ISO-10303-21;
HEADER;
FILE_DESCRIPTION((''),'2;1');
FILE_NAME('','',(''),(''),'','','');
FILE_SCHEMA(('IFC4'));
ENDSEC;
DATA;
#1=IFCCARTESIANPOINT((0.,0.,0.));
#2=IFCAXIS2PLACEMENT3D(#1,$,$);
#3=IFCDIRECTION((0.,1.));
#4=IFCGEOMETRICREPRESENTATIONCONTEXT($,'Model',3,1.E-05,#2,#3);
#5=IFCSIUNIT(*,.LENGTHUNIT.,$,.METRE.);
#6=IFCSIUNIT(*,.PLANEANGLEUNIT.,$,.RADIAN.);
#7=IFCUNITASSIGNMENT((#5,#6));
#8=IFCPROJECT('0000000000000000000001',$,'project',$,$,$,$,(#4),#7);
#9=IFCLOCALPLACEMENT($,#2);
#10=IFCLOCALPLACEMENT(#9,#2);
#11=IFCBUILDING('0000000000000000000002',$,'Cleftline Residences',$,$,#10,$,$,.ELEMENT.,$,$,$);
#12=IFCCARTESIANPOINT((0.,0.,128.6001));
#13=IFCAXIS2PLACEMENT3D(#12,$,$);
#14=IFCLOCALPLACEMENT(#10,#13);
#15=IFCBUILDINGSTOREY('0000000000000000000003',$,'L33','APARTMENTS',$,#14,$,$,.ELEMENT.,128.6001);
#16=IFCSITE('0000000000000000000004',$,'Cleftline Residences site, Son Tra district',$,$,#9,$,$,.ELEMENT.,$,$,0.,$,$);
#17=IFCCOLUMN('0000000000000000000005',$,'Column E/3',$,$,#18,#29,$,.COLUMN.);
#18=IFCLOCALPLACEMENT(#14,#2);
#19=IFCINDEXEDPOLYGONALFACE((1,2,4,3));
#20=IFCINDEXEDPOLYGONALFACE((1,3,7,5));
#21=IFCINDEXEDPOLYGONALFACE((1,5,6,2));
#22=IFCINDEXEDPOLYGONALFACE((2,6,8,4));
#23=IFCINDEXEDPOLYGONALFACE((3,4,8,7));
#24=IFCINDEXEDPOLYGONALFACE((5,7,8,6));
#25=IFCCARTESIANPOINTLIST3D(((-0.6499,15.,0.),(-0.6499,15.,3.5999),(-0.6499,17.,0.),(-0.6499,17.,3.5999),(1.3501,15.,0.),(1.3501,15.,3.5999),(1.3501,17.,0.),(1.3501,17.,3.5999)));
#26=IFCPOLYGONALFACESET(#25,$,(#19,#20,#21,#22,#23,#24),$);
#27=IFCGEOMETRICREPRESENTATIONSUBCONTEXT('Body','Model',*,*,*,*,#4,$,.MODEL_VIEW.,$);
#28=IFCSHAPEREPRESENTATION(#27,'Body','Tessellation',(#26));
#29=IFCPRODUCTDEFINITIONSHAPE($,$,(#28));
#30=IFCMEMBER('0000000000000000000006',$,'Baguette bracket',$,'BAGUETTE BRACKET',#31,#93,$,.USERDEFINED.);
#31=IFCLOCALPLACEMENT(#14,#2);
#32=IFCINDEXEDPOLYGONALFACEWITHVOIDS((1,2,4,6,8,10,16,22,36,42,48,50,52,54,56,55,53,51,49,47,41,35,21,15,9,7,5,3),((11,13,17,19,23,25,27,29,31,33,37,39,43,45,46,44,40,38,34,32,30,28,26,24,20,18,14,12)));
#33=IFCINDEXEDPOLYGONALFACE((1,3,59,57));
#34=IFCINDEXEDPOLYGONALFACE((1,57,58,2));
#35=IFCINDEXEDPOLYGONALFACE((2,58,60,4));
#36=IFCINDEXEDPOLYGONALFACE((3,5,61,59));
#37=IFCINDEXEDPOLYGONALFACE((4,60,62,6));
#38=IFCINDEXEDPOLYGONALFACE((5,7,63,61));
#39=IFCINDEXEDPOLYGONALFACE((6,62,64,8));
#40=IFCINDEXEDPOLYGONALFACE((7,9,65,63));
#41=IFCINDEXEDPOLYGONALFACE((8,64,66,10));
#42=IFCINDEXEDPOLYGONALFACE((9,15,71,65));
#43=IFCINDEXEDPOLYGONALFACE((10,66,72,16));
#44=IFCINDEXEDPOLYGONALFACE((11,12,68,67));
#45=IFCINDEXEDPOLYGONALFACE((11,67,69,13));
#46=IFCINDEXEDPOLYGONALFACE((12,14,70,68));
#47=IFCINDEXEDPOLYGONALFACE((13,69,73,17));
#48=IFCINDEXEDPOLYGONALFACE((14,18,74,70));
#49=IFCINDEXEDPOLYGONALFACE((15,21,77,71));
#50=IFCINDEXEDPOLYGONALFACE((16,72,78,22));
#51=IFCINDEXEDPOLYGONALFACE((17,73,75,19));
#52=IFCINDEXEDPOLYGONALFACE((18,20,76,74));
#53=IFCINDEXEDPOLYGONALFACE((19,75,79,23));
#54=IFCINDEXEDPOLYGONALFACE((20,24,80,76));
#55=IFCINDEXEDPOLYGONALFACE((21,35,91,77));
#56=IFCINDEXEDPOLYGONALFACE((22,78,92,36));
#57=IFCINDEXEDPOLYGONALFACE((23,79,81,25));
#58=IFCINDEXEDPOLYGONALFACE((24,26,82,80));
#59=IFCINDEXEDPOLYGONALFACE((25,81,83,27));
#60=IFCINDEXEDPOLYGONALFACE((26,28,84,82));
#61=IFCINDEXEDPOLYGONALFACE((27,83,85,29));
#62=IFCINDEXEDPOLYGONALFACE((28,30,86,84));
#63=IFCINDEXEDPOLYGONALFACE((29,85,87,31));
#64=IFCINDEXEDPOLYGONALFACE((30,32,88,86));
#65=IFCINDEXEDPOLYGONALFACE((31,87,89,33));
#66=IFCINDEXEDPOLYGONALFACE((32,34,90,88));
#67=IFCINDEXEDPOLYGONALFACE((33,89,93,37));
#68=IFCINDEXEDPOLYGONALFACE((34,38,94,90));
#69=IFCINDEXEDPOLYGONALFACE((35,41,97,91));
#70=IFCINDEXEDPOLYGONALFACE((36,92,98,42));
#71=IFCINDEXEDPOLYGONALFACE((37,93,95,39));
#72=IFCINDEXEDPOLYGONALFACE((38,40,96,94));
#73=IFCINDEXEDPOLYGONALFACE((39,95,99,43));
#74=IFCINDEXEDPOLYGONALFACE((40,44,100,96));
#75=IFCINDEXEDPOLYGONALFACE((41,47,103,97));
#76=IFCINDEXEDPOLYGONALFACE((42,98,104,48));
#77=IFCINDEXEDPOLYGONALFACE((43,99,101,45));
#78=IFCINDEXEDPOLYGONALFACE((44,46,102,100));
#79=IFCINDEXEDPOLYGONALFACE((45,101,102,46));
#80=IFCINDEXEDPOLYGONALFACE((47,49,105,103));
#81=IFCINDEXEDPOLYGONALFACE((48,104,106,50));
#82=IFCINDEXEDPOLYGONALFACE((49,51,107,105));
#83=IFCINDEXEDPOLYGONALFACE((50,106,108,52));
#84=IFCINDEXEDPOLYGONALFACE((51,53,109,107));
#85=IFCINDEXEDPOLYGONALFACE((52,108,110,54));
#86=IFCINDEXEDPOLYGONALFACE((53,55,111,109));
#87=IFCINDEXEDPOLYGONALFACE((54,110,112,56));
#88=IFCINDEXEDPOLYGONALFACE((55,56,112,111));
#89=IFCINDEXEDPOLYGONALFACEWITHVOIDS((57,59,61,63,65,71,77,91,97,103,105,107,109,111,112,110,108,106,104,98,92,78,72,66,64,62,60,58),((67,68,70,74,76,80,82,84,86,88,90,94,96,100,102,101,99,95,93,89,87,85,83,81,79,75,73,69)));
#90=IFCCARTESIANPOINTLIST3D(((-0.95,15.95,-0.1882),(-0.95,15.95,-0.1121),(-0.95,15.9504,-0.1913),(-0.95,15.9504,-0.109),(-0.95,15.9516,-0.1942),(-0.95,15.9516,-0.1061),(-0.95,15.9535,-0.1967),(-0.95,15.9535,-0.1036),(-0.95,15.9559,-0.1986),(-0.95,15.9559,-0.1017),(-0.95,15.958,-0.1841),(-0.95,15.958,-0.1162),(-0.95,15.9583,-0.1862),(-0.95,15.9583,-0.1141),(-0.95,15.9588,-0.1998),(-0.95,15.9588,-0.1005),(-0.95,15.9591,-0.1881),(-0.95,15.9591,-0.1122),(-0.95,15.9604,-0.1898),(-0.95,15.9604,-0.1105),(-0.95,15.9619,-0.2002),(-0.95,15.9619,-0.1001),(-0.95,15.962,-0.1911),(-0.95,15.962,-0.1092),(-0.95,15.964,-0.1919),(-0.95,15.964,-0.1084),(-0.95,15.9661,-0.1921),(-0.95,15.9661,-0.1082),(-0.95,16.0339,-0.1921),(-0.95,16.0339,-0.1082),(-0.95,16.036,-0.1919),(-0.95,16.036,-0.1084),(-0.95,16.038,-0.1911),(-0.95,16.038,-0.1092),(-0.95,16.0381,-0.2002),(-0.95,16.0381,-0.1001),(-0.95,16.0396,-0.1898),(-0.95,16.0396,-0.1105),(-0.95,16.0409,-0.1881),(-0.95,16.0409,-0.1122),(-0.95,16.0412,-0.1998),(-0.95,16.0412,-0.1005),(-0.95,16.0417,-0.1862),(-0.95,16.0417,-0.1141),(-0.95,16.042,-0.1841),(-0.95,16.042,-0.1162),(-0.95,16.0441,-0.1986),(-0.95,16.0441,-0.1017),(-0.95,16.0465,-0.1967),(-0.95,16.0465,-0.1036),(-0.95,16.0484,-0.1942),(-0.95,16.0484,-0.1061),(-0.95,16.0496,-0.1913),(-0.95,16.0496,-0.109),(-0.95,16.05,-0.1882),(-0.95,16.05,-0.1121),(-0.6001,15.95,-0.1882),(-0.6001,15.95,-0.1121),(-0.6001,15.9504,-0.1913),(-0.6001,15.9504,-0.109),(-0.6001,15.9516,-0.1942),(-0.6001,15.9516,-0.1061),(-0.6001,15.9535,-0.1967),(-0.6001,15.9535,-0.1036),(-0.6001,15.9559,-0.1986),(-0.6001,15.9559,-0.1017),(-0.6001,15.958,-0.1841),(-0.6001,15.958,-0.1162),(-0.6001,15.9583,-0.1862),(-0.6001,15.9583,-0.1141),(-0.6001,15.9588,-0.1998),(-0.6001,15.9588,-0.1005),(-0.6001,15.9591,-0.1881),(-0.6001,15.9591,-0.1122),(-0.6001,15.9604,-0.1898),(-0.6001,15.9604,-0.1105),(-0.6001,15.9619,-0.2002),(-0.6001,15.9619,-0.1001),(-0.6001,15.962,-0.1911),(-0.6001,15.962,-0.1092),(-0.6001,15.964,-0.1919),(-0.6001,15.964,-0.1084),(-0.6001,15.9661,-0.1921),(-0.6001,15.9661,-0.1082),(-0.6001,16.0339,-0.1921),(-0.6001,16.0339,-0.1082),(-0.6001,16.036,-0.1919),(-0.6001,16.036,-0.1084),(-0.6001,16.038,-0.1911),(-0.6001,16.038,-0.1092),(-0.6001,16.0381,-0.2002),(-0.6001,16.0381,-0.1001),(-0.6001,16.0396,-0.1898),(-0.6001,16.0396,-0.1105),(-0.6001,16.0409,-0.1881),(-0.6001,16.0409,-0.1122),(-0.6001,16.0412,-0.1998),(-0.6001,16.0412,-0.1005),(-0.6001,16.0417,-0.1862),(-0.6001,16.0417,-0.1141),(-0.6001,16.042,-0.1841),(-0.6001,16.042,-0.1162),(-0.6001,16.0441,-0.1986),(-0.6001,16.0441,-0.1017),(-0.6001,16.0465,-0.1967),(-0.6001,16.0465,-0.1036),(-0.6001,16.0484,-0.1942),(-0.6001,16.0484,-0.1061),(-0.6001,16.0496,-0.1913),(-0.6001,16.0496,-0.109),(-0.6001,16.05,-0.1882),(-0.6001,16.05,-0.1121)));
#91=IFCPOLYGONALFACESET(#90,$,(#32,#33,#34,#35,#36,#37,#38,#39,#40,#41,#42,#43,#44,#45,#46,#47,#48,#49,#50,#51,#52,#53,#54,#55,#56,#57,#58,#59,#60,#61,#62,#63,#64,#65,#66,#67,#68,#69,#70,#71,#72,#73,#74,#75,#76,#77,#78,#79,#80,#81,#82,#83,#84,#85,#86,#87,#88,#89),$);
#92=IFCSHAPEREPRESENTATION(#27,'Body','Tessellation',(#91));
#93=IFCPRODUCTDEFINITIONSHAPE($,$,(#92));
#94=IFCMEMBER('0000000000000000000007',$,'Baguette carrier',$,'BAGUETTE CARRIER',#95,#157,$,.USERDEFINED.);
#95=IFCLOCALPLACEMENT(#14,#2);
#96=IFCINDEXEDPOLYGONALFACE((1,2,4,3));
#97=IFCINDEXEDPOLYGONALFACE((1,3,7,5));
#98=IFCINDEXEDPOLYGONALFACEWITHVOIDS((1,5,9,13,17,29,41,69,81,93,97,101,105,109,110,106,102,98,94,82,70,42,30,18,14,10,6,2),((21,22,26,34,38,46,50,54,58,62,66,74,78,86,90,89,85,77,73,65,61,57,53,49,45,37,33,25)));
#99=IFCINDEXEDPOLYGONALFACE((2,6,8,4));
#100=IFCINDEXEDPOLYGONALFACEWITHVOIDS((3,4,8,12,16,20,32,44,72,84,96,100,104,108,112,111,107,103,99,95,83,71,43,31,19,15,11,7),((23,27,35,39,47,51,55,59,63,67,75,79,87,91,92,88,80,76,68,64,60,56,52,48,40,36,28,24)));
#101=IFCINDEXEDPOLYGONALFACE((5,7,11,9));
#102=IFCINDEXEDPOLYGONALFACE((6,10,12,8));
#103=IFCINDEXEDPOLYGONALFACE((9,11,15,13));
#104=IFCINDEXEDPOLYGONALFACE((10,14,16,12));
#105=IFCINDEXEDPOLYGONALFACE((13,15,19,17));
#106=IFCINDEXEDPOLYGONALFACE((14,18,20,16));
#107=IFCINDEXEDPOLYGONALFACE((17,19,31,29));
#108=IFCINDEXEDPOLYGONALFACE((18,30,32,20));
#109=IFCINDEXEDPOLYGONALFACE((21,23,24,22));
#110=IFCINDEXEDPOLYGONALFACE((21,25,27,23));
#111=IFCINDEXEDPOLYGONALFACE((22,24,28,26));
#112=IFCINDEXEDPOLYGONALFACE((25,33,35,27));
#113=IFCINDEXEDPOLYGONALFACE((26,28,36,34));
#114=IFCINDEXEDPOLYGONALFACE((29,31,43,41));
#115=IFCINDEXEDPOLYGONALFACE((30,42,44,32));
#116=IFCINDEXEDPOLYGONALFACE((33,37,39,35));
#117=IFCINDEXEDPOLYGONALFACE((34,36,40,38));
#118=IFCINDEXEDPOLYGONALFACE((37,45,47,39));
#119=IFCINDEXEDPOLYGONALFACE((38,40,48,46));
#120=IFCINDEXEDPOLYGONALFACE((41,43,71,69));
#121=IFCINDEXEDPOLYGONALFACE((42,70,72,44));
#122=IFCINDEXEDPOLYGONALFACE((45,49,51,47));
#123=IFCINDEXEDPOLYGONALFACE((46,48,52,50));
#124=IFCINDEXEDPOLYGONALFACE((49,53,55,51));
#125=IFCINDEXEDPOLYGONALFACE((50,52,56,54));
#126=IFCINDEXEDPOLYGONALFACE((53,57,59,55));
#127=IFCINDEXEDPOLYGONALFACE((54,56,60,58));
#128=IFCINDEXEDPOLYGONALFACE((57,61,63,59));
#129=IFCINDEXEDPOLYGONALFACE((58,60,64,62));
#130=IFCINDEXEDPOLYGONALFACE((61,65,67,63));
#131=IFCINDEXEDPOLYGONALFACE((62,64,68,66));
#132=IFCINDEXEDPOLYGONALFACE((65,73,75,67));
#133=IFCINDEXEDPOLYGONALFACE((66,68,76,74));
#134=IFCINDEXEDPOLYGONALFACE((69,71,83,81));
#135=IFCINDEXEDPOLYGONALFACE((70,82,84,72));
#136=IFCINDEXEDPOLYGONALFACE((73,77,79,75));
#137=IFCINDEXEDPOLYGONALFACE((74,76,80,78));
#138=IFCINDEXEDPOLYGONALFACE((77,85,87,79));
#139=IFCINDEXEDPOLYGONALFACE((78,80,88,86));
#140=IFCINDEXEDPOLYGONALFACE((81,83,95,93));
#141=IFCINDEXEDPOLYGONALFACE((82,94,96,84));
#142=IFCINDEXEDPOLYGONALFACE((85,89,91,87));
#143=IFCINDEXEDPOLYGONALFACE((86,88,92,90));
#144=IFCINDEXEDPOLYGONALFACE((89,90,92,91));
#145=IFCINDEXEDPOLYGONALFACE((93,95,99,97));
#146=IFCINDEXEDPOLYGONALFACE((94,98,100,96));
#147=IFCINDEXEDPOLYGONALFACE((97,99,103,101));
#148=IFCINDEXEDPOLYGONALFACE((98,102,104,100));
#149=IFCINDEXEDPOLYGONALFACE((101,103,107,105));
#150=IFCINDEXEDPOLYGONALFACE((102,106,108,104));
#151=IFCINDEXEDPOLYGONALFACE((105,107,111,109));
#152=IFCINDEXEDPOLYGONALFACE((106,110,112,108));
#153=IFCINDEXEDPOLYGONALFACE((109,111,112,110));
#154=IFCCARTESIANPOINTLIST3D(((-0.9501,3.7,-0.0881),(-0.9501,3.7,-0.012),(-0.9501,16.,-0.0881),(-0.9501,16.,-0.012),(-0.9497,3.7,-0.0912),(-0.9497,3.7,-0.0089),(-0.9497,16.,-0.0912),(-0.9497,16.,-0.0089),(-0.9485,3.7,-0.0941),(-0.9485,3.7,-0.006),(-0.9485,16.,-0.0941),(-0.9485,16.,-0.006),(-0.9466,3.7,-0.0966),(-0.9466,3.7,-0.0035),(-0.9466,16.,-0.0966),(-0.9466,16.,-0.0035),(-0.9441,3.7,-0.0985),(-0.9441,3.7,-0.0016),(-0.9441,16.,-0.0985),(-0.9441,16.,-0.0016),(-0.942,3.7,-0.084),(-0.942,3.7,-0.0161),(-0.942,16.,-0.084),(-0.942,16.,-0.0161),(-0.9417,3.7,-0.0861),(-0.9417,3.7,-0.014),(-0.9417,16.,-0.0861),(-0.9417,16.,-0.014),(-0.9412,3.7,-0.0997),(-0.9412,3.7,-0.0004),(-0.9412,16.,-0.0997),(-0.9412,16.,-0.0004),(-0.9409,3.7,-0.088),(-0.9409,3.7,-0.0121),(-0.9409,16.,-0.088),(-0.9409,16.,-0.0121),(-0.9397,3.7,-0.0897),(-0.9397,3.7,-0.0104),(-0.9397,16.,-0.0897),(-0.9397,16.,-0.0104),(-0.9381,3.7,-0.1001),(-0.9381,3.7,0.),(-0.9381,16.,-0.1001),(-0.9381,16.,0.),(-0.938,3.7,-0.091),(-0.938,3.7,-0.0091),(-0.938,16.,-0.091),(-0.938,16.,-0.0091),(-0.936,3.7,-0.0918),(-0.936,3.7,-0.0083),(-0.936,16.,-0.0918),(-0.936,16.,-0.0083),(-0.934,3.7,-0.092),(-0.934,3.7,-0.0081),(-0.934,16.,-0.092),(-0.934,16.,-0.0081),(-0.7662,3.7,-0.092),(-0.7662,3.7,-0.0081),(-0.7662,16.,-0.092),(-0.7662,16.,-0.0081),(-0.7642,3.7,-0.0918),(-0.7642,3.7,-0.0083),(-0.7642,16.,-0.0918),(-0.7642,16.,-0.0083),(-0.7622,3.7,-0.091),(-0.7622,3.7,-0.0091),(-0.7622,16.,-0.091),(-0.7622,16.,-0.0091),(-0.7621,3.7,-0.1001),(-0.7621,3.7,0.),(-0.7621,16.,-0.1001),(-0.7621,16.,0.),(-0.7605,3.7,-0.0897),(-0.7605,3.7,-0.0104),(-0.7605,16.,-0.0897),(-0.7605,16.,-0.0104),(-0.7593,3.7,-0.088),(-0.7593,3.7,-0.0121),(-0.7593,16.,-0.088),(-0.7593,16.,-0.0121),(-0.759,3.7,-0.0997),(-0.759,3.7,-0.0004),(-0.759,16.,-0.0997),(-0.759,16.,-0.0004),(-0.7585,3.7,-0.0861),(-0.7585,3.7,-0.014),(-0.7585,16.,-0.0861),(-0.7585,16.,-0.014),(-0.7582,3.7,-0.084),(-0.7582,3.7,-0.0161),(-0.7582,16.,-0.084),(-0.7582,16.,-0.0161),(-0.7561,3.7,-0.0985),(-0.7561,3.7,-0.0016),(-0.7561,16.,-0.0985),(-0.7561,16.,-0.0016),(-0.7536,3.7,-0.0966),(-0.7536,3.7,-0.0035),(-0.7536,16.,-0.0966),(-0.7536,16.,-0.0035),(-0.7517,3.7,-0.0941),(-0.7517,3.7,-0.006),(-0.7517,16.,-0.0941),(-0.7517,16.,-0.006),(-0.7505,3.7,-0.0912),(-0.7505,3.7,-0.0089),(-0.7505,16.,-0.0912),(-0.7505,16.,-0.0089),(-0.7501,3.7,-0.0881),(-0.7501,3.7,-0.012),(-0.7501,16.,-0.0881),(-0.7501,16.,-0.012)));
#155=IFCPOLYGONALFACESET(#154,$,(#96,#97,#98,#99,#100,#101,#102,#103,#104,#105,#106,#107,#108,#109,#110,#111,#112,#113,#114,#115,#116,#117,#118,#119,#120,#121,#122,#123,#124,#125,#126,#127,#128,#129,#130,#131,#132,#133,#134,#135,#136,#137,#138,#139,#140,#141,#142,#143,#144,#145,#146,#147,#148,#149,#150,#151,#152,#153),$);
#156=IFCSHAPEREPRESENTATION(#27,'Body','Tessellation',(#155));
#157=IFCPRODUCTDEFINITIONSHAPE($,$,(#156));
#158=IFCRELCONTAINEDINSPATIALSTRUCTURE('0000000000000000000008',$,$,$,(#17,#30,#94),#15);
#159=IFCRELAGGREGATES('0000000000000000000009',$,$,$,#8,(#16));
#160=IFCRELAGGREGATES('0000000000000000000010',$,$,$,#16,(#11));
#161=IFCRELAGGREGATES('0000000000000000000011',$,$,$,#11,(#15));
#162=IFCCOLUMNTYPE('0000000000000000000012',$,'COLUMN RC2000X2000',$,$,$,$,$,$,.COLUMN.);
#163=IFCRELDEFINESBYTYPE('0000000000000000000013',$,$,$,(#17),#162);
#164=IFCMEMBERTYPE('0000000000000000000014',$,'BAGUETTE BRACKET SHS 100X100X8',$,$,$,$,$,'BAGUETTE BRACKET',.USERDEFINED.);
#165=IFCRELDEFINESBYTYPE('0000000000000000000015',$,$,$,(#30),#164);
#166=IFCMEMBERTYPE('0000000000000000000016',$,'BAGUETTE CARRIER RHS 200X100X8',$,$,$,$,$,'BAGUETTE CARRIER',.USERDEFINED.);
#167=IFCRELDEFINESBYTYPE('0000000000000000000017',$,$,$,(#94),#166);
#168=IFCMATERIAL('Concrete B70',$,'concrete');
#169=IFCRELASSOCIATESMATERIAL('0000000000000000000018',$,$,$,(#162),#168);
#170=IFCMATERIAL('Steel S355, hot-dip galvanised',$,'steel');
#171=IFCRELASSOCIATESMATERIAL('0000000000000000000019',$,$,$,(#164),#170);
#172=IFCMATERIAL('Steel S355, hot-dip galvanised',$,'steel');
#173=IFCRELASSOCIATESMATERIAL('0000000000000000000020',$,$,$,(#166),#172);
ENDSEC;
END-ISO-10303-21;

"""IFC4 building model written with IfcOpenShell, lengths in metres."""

from ifc_helpers import new_model, si_unit, direction, frame, origin, origin_2d, place, context, subcontext, project, spatial, rectangle, hollow_rectangle, extrude, material, material_profile, profile_set, type_object, element, save


model = new_model("IFC4")

# Units and contexts
model_context = context("Model", 3, precision=1e-05, world=origin(), true_north=direction((0.0, 1.0)))
body_context = subcontext(model_context, "Body", "Model", "MODEL_VIEW")
ifc_project = project(units=[si_unit("LENGTHUNIT", "METRE"), si_unit("PLANEANGLEUNIT", "RADIAN")], contexts=[model_context])

# Site, building, storey
site_placement = place(None, origin())
site = spatial("IfcSite", under=ifc_project, at=site_placement, Name="Cleftline Residences site, Son Tra district", CompositionType="ELEMENT", RefElevation=0.0)
building_placement = place(site_placement, origin())
building = spatial("IfcBuilding", under=site, at=building_placement, Name="Cleftline Residences", CompositionType="ELEMENT")
storey_placement = place(building_placement, frame((0.0, 0.0, 128.6001)))
storey = spatial("IfcBuildingStorey", under=building, at=storey_placement, Name="L33", Description="APARTMENTS", CompositionType="ELEMENT", Elevation=128.6001)

# Column
ifc_material_1 = material(Name="Concrete B70", Category="concrete")
ifc_material_profile_1 = material_profile(ifc_material_1, rectangle(XDim=2.0, YDim=2.0, at=origin_2d()))
ifc_profile_set_1 = profile_set([ifc_material_profile_1], Name="Concrete B70")
column_type = type_object("IfcColumnType", Name="COLUMN RC2000X2000", PredefinedType="COLUMN", material=ifc_profile_set_1)
column_placement = place(storey_placement, frame((0.3501, 16.0, 0.0), z_axis=(0.0, 0.0, 1.0), x_axis=(1.0, 0.0, 0.0)))
element("IfcColumn", 1, at=column_placement, inside=storey, type_object=column_type, Name="Column E/3", PredefinedType="COLUMN", context=body_context, shape_type="SweptSolid", body=[
    extrude(rectangle(XDim=2.0, YDim=2.0, at=origin_2d()), origin(), (0.0, 0.0, 1.0), 3.5999),
])

# Members
ifc_material_2 = material(Name="Steel S355, hot-dip galvanised", Category="steel")
ifc_material_profile_2 = material_profile(ifc_material_2, hollow_rectangle(XDim=0.1001, YDim=0.1001, WallThickness=0.0081, InnerFilletRadius=0.0081, OuterFilletRadius=0.012, at=origin_2d()))
ifc_profile_set_2 = profile_set([ifc_material_profile_2], Name="Steel S355, hot-dip galvanised")
member_type_1 = type_object("IfcMemberType", Name="BAGUETTE BRACKET SHS 100X100X8", ElementType="BAGUETTE BRACKET", PredefinedType="USERDEFINED", material=ifc_profile_set_2)
member_1_placement = place(storey_placement, frame((-0.6001, 16.0, -0.1501), z_axis=(-1.0, 0.0, 0.0), x_axis=(0.0, -1.0, 0.0)))
element("IfcMember", 2, at=member_1_placement, inside=storey, type_object=member_type_1, Name="Baguette bracket", ObjectType="BAGUETTE BRACKET", PredefinedType="USERDEFINED", context=body_context, shape_type="SweptSolid", body=[
    extrude(hollow_rectangle(XDim=0.1001, YDim=0.1001, WallThickness=0.0081, InnerFilletRadius=0.0081, OuterFilletRadius=0.012, at=origin_2d()), origin(), (0.0, 0.0, 1.0), 0.3499),
])
ifc_material_3 = material(Name="Steel S355, hot-dip galvanised", Category="steel")
ifc_material_profile_3 = material_profile(ifc_material_3, hollow_rectangle(XDim=0.1001, YDim=0.2, WallThickness=0.0081, InnerFilletRadius=0.0081, OuterFilletRadius=0.012, at=origin_2d()))
ifc_profile_set_3 = profile_set([ifc_material_profile_3], Name="Steel S355, hot-dip galvanised")
member_type_2 = type_object("IfcMemberType", Name="BAGUETTE CARRIER RHS 200X100X8", ElementType="BAGUETTE CARRIER", PredefinedType="USERDEFINED", material=ifc_profile_set_3)
member_2_placement = place(storey_placement, frame((-0.8501, 16.0, -0.05), z_axis=(0.0, -1.0, 0.0), x_axis=(0.0, 0.0, 1.0)))
element("IfcMember", 3, at=member_2_placement, inside=storey, type_object=member_type_2, Name="Baguette carrier", ObjectType="BAGUETTE CARRIER", PredefinedType="USERDEFINED", context=body_context, shape_type="SweptSolid", body=[
    extrude(hollow_rectangle(XDim=0.1001, YDim=0.2, WallThickness=0.0081, InnerFilletRadius=0.0081, OuterFilletRadius=0.012, at=origin_2d()), origin(), (0.0, 0.0, 1.0), 12.3),
])

save(model, "model.ifc")
